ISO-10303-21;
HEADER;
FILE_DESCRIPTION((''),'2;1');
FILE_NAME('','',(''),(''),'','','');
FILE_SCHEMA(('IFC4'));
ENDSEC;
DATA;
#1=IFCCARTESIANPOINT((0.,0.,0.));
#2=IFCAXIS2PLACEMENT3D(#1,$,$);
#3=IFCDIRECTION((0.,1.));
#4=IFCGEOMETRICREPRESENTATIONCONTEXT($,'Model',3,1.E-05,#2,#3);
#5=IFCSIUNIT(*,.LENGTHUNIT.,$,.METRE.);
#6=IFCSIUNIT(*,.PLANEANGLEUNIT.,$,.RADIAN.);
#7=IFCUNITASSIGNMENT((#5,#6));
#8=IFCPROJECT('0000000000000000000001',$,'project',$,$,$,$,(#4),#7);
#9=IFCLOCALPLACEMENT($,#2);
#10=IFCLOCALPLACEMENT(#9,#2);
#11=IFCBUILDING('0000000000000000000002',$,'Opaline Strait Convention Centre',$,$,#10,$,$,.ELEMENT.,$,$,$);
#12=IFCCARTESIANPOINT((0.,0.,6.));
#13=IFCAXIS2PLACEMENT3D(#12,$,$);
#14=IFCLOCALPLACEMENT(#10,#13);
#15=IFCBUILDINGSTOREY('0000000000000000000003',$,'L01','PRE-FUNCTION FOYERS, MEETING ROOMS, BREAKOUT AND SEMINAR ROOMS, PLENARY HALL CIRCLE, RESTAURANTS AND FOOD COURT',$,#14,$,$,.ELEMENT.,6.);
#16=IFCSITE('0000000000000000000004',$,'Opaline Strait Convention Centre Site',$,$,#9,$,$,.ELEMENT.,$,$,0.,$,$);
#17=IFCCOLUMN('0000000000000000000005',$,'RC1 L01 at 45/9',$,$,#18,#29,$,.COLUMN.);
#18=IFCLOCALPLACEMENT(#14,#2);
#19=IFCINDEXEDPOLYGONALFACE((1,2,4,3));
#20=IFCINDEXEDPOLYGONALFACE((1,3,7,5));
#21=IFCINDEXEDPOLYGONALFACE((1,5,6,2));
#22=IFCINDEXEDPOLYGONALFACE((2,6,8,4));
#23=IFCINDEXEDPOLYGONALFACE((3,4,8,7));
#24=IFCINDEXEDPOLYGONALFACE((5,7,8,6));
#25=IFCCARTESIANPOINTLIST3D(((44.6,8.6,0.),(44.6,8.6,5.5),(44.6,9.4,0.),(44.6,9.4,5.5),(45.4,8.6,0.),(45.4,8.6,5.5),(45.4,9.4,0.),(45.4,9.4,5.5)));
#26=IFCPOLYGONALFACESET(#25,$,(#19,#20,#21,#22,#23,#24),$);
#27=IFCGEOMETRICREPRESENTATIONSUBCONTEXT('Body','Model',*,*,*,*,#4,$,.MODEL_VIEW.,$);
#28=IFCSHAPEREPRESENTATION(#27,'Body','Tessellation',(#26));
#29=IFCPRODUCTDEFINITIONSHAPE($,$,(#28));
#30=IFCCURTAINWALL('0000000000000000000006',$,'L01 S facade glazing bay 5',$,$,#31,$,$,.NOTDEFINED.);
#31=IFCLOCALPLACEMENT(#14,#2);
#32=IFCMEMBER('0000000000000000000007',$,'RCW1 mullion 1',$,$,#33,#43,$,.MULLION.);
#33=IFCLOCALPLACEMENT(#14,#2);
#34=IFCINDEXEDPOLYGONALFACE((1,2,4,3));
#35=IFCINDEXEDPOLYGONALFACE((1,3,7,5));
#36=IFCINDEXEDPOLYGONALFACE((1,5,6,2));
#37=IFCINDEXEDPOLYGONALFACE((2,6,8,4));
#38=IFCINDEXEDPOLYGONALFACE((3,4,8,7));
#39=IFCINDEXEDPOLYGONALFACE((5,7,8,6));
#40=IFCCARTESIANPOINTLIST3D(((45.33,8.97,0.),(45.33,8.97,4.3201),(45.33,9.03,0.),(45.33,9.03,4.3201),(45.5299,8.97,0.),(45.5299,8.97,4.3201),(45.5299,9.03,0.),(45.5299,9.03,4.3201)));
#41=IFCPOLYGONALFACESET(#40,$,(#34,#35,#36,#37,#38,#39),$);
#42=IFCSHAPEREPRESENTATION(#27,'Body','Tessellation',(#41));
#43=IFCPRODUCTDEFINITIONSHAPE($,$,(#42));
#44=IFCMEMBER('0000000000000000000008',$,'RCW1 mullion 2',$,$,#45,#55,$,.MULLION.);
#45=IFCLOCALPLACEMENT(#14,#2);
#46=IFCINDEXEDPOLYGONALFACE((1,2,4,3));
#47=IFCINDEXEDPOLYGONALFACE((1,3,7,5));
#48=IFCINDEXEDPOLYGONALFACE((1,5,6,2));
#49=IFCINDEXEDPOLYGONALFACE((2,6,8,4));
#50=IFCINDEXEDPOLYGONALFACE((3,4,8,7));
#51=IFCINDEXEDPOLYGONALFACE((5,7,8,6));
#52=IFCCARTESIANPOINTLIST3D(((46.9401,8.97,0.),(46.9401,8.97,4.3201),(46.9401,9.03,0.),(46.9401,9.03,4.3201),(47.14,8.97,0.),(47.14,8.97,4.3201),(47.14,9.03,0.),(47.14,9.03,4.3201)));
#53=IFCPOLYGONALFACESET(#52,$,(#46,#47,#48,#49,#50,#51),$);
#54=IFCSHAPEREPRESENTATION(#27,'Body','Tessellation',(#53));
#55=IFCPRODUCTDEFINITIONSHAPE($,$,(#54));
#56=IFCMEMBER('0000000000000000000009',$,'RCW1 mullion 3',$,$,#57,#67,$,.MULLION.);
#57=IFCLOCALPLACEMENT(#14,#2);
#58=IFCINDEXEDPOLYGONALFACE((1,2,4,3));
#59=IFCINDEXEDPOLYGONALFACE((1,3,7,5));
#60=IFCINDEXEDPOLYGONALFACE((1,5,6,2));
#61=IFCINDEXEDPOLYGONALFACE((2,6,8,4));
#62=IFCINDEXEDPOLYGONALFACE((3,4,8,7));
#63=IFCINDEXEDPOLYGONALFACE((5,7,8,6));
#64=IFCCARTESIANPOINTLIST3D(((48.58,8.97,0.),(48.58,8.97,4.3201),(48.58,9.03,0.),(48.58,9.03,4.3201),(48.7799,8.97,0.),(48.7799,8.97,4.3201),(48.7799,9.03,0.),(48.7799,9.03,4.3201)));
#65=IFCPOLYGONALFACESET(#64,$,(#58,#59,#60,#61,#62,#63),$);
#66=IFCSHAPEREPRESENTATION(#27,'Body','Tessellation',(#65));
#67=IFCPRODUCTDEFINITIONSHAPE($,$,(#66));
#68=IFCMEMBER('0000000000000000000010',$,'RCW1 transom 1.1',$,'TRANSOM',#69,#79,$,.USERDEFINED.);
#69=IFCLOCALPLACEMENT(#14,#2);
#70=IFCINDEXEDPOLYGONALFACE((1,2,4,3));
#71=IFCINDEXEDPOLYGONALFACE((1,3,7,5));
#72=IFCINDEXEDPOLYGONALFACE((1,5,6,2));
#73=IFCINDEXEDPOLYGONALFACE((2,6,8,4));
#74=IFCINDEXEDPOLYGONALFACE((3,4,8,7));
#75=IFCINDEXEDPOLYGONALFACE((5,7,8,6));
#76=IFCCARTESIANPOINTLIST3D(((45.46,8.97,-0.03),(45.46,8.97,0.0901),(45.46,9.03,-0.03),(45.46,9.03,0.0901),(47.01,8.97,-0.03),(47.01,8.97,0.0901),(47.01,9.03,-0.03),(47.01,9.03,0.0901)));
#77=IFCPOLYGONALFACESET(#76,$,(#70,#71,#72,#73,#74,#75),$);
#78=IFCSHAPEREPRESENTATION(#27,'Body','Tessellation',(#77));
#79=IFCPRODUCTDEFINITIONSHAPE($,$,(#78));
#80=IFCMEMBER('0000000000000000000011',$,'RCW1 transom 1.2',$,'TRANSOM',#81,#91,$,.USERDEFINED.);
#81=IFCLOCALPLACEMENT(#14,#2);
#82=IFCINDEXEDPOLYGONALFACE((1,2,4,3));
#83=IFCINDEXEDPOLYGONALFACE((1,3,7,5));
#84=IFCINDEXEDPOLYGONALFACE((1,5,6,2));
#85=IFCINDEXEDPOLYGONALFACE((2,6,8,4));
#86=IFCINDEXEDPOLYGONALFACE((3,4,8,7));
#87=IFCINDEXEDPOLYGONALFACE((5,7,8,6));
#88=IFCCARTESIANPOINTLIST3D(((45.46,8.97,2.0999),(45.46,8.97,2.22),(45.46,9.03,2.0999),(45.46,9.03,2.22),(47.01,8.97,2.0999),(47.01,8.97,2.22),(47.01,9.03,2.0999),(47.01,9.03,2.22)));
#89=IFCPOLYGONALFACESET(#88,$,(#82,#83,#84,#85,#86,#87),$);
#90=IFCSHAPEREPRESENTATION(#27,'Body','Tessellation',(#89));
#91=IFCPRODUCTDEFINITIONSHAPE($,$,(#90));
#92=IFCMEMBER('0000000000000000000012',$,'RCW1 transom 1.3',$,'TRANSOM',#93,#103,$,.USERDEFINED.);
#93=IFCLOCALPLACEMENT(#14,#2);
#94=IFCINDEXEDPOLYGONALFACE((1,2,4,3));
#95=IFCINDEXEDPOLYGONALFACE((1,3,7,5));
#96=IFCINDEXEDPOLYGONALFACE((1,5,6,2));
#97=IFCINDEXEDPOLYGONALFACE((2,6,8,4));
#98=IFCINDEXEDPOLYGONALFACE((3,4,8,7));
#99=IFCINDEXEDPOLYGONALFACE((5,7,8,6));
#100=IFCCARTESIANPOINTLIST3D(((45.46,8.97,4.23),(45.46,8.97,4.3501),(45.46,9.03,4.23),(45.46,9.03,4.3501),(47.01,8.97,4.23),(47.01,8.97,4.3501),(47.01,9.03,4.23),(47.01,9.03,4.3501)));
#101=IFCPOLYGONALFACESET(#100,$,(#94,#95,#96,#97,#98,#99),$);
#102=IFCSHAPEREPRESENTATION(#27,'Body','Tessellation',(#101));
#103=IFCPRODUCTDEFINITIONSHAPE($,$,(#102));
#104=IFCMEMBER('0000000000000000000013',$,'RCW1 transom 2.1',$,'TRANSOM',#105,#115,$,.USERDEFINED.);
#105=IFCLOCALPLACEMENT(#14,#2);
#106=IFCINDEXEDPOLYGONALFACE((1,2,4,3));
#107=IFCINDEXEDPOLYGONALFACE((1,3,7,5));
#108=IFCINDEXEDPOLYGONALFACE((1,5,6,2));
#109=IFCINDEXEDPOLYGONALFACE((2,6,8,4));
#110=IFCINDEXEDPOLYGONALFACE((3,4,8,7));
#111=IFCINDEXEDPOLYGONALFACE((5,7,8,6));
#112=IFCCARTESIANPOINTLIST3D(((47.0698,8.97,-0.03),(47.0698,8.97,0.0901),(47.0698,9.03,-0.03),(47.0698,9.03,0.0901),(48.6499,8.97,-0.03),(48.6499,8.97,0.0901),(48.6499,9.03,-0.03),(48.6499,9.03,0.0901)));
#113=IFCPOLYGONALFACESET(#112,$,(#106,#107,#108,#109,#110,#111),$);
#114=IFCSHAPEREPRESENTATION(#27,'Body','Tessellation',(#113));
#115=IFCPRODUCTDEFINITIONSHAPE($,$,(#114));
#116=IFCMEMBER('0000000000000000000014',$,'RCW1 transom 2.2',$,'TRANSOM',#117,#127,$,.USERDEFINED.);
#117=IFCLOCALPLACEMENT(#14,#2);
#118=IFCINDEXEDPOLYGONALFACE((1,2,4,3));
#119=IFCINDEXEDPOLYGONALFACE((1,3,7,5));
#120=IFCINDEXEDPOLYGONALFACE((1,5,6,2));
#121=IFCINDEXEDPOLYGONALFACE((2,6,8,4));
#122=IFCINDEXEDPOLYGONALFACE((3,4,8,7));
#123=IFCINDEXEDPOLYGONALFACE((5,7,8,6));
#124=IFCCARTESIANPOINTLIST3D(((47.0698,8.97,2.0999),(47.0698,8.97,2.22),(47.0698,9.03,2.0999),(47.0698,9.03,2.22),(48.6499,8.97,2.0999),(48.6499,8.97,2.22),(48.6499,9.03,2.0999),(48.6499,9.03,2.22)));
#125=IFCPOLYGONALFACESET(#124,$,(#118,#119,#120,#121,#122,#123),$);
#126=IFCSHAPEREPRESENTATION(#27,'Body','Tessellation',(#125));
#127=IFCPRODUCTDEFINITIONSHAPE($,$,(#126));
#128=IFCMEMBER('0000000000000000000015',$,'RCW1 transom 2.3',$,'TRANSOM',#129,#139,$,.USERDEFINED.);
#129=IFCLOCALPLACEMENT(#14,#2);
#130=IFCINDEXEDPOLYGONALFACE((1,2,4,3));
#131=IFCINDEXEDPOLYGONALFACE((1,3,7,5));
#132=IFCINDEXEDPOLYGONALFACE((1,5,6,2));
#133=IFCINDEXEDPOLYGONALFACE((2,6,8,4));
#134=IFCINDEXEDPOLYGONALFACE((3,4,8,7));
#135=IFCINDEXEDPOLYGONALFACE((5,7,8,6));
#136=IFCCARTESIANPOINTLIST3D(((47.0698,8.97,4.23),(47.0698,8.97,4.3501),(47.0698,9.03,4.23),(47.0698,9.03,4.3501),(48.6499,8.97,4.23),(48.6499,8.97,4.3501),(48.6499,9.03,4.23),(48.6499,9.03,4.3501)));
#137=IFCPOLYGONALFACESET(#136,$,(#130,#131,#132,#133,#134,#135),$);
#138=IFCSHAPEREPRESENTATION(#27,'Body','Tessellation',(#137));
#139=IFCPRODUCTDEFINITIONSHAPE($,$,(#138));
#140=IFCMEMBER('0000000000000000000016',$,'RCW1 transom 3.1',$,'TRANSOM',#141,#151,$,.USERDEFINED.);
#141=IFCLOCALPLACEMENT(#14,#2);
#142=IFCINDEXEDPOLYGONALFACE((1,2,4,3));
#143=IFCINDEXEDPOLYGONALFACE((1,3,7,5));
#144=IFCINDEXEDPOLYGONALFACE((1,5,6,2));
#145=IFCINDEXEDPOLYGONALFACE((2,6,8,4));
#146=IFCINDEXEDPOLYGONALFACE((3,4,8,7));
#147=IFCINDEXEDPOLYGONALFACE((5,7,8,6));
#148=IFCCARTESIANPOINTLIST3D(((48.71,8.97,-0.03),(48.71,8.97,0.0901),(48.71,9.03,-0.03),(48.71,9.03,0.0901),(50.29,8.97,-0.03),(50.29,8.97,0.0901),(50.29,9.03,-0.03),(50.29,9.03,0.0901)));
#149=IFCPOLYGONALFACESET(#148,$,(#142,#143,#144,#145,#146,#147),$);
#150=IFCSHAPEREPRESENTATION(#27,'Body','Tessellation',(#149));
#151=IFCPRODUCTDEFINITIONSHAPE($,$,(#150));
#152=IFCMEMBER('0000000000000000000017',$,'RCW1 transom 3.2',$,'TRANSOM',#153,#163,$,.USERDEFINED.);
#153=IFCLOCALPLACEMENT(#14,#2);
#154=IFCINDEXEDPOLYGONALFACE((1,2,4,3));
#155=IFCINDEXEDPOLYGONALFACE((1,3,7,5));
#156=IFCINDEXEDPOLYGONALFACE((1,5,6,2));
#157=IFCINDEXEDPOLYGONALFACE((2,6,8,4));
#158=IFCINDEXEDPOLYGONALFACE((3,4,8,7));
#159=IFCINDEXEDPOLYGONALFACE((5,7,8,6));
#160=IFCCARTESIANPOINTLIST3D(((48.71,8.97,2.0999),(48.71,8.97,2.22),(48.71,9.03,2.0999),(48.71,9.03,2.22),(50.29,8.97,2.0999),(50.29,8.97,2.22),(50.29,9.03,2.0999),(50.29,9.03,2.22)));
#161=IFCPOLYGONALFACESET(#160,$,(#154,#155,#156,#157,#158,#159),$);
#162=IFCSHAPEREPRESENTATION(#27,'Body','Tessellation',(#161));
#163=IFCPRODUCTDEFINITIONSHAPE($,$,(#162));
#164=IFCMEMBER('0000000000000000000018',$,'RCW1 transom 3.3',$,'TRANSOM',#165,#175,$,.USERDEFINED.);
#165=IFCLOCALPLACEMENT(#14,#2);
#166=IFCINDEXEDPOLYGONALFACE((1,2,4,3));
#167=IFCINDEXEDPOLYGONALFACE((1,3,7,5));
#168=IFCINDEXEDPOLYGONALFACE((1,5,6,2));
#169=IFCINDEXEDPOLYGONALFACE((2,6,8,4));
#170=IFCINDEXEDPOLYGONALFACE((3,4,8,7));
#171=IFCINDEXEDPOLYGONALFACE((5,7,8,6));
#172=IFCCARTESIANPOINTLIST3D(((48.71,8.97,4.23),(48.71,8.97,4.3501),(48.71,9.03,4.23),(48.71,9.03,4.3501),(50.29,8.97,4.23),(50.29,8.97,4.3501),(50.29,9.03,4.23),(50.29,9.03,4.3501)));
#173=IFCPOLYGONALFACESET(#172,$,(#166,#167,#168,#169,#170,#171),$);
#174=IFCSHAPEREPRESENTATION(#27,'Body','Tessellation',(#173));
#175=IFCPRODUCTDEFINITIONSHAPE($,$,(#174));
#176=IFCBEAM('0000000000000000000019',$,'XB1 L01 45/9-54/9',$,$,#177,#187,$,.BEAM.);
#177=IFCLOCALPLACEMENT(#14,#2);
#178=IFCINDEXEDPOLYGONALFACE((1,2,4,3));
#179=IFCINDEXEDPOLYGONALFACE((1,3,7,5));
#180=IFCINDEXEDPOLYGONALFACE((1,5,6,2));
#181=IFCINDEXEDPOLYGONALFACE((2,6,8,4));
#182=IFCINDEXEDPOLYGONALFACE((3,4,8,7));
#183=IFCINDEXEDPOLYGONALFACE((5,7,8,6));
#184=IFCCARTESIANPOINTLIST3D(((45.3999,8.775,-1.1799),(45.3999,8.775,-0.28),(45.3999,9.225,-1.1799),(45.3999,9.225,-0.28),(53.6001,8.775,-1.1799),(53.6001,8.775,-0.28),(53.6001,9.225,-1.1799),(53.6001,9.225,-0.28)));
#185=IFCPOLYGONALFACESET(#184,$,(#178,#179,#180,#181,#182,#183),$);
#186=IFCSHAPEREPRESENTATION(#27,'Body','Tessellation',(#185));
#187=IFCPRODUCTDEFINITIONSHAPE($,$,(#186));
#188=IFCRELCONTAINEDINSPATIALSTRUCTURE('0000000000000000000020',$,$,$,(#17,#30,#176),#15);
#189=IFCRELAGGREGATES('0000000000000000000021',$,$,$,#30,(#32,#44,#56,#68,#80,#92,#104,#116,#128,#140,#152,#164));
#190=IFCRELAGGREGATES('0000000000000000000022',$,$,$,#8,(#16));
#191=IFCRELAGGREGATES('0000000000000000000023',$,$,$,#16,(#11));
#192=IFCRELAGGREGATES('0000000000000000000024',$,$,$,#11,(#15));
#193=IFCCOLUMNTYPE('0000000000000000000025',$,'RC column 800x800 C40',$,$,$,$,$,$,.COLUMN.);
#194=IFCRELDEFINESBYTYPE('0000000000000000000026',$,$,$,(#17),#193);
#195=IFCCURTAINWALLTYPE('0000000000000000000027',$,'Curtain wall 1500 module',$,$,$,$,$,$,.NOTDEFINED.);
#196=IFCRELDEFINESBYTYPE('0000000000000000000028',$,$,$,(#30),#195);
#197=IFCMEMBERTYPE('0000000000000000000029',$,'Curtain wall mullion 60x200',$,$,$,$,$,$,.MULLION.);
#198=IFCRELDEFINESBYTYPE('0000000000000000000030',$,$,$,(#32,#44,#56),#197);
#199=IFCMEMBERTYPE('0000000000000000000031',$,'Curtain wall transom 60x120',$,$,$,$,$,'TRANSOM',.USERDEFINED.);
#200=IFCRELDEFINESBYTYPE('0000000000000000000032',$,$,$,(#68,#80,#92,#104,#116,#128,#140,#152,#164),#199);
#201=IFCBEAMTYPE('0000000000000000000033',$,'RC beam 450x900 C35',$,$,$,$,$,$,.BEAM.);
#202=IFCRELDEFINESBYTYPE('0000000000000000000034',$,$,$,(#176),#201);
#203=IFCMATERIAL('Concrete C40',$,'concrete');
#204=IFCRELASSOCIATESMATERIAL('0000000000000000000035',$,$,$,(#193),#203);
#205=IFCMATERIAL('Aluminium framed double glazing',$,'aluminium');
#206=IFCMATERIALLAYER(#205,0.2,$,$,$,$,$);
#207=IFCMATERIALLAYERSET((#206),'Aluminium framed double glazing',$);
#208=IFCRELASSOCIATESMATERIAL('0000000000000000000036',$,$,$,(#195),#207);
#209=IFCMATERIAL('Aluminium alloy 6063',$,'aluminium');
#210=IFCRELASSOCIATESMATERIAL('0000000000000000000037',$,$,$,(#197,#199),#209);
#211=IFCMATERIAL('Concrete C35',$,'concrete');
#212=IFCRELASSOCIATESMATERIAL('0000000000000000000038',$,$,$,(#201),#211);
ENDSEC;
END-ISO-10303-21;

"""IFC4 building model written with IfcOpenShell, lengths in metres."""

from ifc_helpers import new_model, si_unit, direction, frame, origin, origin_2d, place, context, subcontext, project, spatial, rectangle, extrude, material, layer, layer_set, material_profile, profile_set, type_object, element, aggregate, save


model = new_model("IFC4")

# Units and contexts
model_context = context("Model", 3, precision=1e-05, world=origin(), true_north=direction((0.0, 1.0)))
body_context = subcontext(model_context, "Body", "Model", "MODEL_VIEW")
ifc_project = project(units=[si_unit("LENGTHUNIT", "METRE"), si_unit("PLANEANGLEUNIT", "RADIAN")], contexts=[model_context])

# Site, building, storey
site_placement = place(None, origin())
site = spatial("IfcSite", under=ifc_project, at=site_placement, Name="Opaline Strait Convention Centre Site", CompositionType="ELEMENT", RefElevation=0.0)
building_placement = place(site_placement, origin())
building = spatial("IfcBuilding", under=site, at=building_placement, Name="Opaline Strait Convention Centre", CompositionType="ELEMENT")
storey_placement = place(building_placement, frame((0.0, 0.0, 6.0)))
storey = spatial("IfcBuildingStorey", under=building, at=storey_placement, Name="L01", Description="PRE-FUNCTION FOYERS, MEETING ROOMS, BREAKOUT AND SEMINAR ROOMS, PLENARY HALL CIRCLE, RESTAURANTS AND FOOD COURT", CompositionType="ELEMENT", Elevation=6.0)

# Column
ifc_material_1 = material(Name="Concrete C40", Category="concrete")
ifc_material_profile_1 = material_profile(ifc_material_1, rectangle(XDim=0.8, YDim=0.8, at=origin_2d()), Name="RC 800x800")
ifc_profile_set_1 = profile_set([ifc_material_profile_1], Name="Concrete C40")
column_type = type_object("IfcColumnType", Name="RC column 800x800 C40", PredefinedType="COLUMN", material=ifc_profile_set_1)
column_placement = place(storey_placement, frame((45.0, 9.0, 0.0), z_axis=(0.0, 0.0, 1.0), x_axis=(1.0, 0.0, 0.0)))
element("IfcColumn", 1, at=column_placement, inside=storey, type_object=column_type, Name="RC1 L01 at 45/9", PredefinedType="COLUMN", context=body_context, shape_type="SweptSolid", body=[
    extrude(rectangle(XDim=0.8, YDim=0.8, at=origin_2d()), origin(), (0.0, 0.0, 1.0), 5.5),
])

# Curtain wall, members
ifc_material_2 = material(Name="Aluminium framed double glazing", Category="aluminium")
ifc_layer_1 = layer(ifc_material_2, 0.2)
ifc_layer_set_1 = layer_set([ifc_layer_1], Name="Aluminium framed double glazing")
curtain_wall_type = type_object("IfcCurtainWallType", Name="Curtain wall 1500 module", PredefinedType="NOTDEFINED", material=ifc_layer_set_1)
curtain_wall_placement = place(storey_placement, origin())
curtain_wall = element("IfcCurtainWall", 2, at=curtain_wall_placement, inside=storey, type_object=curtain_wall_type, Name="L01 S facade glazing bay 5", PredefinedType="NOTDEFINED")
ifc_material_3 = material(Name="Aluminium alloy 6063", Category="aluminium")
ifc_material_profile_2 = material_profile(ifc_material_3, rectangle(XDim=0.0601, YDim=0.2, at=origin_2d()), Name="Curtain wall mullion 60x200")
ifc_profile_set_2 = profile_set([ifc_material_profile_2], Name="Aluminium alloy 6063")
member_type_1 = type_object("IfcMemberType", Name="Curtain wall mullion 60x200", PredefinedType="MULLION", material=ifc_profile_set_2)
member_1_placement = place(storey_placement, frame((45.4299, 9.0, 0.0), z_axis=(0.0, 0.0, 1.0), x_axis=(0.0, 1.0, 0.0)))
member_1 = element("IfcMember", 3, at=member_1_placement, type_object=member_type_1, Name="RCW1 mullion 1", PredefinedType="MULLION", context=body_context, shape_type="SweptSolid", body=[
    extrude(rectangle(XDim=0.0601, YDim=0.2, at=origin_2d()), origin(), (0.0, 0.0, 1.0), 4.3201),
])
member_2_placement = place(storey_placement, frame((47.04, 9.0, 0.0), z_axis=(0.0, 0.0, 1.0), x_axis=(0.0, 1.0, 0.0)))
member_2 = element("IfcMember", 4, at=member_2_placement, type_object=member_type_1, Name="RCW1 mullion 2", PredefinedType="MULLION", context=body_context, shape_type="SweptSolid", body=[
    extrude(rectangle(XDim=0.0601, YDim=0.2, at=origin_2d()), origin(), (0.0, 0.0, 1.0), 4.3201),
])
member_3_placement = place(storey_placement, frame((48.6799, 9.0, 0.0), z_axis=(0.0, 0.0, 1.0), x_axis=(0.0, 1.0, 0.0)))
member_3 = element("IfcMember", 5, at=member_3_placement, type_object=member_type_1, Name="RCW1 mullion 3", PredefinedType="MULLION", context=body_context, shape_type="SweptSolid", body=[
    extrude(rectangle(XDim=0.0601, YDim=0.2, at=origin_2d()), origin(), (0.0, 0.0, 1.0), 4.3201),
])
ifc_material_profile_3 = material_profile(ifc_material_3, rectangle(XDim=0.0601, YDim=0.1201, at=origin_2d()), Name="Curtain wall transom 60x120")
ifc_profile_set_3 = profile_set([ifc_material_profile_3], Name="Aluminium alloy 6063")
member_type_2 = type_object("IfcMemberType", Name="Curtain wall transom 60x120", ElementType="TRANSOM", PredefinedType="USERDEFINED", material=ifc_profile_set_3)
member_4_placement = place(storey_placement, frame((45.46, 9.0, 0.03), z_axis=(1.0, 0.0, 0.0), x_axis=(0.0, 1.0, 0.0)))
member_4 = element("IfcMember", 6, at=member_4_placement, type_object=member_type_2, Name="RCW1 transom 1.1", ObjectType="TRANSOM", PredefinedType="USERDEFINED", context=body_context, shape_type="SweptSolid", body=[
    extrude(rectangle(XDim=0.0601, YDim=0.1201, at=origin_2d()), origin(), (0.0, 0.0, 1.0), 1.55),
])
member_5_placement = place(storey_placement, frame((45.46, 9.0, 2.1599), z_axis=(1.0, 0.0, 0.0), x_axis=(0.0, 1.0, 0.0)))
member_5 = element("IfcMember", 7, at=member_5_placement, type_object=member_type_2, Name="RCW1 transom 1.2", ObjectType="TRANSOM", PredefinedType="USERDEFINED", context=body_context, shape_type="SweptSolid", body=[
    extrude(rectangle(XDim=0.0601, YDim=0.1201, at=origin_2d()), origin(), (0.0, 0.0, 1.0), 1.55),
])
member_6_placement = place(storey_placement, frame((45.46, 9.0, 4.29), z_axis=(1.0, 0.0, 0.0), x_axis=(0.0, 1.0, 0.0)))
member_6 = element("IfcMember", 8, at=member_6_placement, type_object=member_type_2, Name="RCW1 transom 1.3", ObjectType="TRANSOM", PredefinedType="USERDEFINED", context=body_context, shape_type="SweptSolid", body=[
    extrude(rectangle(XDim=0.0601, YDim=0.1201, at=origin_2d()), origin(), (0.0, 0.0, 1.0), 1.55),
])
member_7_placement = place(storey_placement, frame((47.0698, 9.0, 0.03), z_axis=(1.0, 0.0, 0.0), x_axis=(0.0, 1.0, 0.0)))
member_7 = element("IfcMember", 9, at=member_7_placement, type_object=member_type_2, Name="RCW1 transom 2.1", ObjectType="TRANSOM", PredefinedType="USERDEFINED", context=body_context, shape_type="SweptSolid", body=[
    extrude(rectangle(XDim=0.0601, YDim=0.1201, at=origin_2d()), origin(), (0.0, 0.0, 1.0), 1.5801),
])
member_8_placement = place(storey_placement, frame((47.0698, 9.0, 2.1599), z_axis=(1.0, 0.0, 0.0), x_axis=(0.0, 1.0, 0.0)))
member_8 = element("IfcMember", 10, at=member_8_placement, type_object=member_type_2, Name="RCW1 transom 2.2", ObjectType="TRANSOM", PredefinedType="USERDEFINED", context=body_context, shape_type="SweptSolid", body=[
    extrude(rectangle(XDim=0.0601, YDim=0.1201, at=origin_2d()), origin(), (0.0, 0.0, 1.0), 1.5801),
])
member_9_placement = place(storey_placement, frame((47.0698, 9.0, 4.29), z_axis=(1.0, 0.0, 0.0), x_axis=(0.0, 1.0, 0.0)))
member_9 = element("IfcMember", 11, at=member_9_placement, type_object=member_type_2, Name="RCW1 transom 2.3", ObjectType="TRANSOM", PredefinedType="USERDEFINED", context=body_context, shape_type="SweptSolid", body=[
    extrude(rectangle(XDim=0.0601, YDim=0.1201, at=origin_2d()), origin(), (0.0, 0.0, 1.0), 1.5801),
])
member_10_placement = place(storey_placement, frame((48.71, 9.0, 0.03), z_axis=(1.0, 0.0, 0.0), x_axis=(0.0, 1.0, 0.0)))
member_10 = element("IfcMember", 12, at=member_10_placement, type_object=member_type_2, Name="RCW1 transom 3.1", ObjectType="TRANSOM", PredefinedType="USERDEFINED", context=body_context, shape_type="SweptSolid", body=[
    extrude(rectangle(XDim=0.0601, YDim=0.1201, at=origin_2d()), origin(), (0.0, 0.0, 1.0), 1.5801),
])
member_11_placement = place(storey_placement, frame((48.71, 9.0, 2.1599), z_axis=(1.0, 0.0, 0.0), x_axis=(0.0, 1.0, 0.0)))
member_11 = element("IfcMember", 13, at=member_11_placement, type_object=member_type_2, Name="RCW1 transom 3.2", ObjectType="TRANSOM", PredefinedType="USERDEFINED", context=body_context, shape_type="SweptSolid", body=[
    extrude(rectangle(XDim=0.0601, YDim=0.1201, at=origin_2d()), origin(), (0.0, 0.0, 1.0), 1.5801),
])
member_12_placement = place(storey_placement, frame((48.71, 9.0, 4.29), z_axis=(1.0, 0.0, 0.0), x_axis=(0.0, 1.0, 0.0)))
member_12 = element("IfcMember", 14, at=member_12_placement, type_object=member_type_2, Name="RCW1 transom 3.3", ObjectType="TRANSOM", PredefinedType="USERDEFINED", context=body_context, shape_type="SweptSolid", body=[
    extrude(rectangle(XDim=0.0601, YDim=0.1201, at=origin_2d()), origin(), (0.0, 0.0, 1.0), 1.5801),
])

# Beam
ifc_material_4 = material(Name="Concrete C35", Category="concrete")
ifc_material_profile_4 = material_profile(ifc_material_4, rectangle(XDim=0.45, YDim=0.8999, at=origin_2d()), Name="RC 450x900")
ifc_profile_set_4 = profile_set([ifc_material_profile_4], Name="Concrete C35")
beam_type = type_object("IfcBeamType", Name="RC beam 450x900 C35", PredefinedType="BEAM", material=ifc_profile_set_4)
for number, where, z_axis, x_axis, name in (
    (15, (45.3999, 9.0, -0.73), (1.0, 0.0, 0.0), (0.0, 1.0, 0.0), "XB1 L01 45/9-54/9"),
):
    element("IfcBeam", number, at=place(storey_placement, frame(where, z_axis=z_axis, x_axis=x_axis)), inside=storey, type_object=beam_type, Name=name, PredefinedType="BEAM", context=body_context, shape_type="SweptSolid", body=[
        extrude(rectangle(XDim=0.45, YDim=0.8999, at=origin_2d()), origin(), (0.0, 0.0, 1.0), 8.2002),
    ])

aggregate(curtain_wall, [member_1, member_2, member_3, member_4, member_5, member_6, member_7, member_8, member_9, member_10, member_11, member_12])

save(model, "model.ifc")
